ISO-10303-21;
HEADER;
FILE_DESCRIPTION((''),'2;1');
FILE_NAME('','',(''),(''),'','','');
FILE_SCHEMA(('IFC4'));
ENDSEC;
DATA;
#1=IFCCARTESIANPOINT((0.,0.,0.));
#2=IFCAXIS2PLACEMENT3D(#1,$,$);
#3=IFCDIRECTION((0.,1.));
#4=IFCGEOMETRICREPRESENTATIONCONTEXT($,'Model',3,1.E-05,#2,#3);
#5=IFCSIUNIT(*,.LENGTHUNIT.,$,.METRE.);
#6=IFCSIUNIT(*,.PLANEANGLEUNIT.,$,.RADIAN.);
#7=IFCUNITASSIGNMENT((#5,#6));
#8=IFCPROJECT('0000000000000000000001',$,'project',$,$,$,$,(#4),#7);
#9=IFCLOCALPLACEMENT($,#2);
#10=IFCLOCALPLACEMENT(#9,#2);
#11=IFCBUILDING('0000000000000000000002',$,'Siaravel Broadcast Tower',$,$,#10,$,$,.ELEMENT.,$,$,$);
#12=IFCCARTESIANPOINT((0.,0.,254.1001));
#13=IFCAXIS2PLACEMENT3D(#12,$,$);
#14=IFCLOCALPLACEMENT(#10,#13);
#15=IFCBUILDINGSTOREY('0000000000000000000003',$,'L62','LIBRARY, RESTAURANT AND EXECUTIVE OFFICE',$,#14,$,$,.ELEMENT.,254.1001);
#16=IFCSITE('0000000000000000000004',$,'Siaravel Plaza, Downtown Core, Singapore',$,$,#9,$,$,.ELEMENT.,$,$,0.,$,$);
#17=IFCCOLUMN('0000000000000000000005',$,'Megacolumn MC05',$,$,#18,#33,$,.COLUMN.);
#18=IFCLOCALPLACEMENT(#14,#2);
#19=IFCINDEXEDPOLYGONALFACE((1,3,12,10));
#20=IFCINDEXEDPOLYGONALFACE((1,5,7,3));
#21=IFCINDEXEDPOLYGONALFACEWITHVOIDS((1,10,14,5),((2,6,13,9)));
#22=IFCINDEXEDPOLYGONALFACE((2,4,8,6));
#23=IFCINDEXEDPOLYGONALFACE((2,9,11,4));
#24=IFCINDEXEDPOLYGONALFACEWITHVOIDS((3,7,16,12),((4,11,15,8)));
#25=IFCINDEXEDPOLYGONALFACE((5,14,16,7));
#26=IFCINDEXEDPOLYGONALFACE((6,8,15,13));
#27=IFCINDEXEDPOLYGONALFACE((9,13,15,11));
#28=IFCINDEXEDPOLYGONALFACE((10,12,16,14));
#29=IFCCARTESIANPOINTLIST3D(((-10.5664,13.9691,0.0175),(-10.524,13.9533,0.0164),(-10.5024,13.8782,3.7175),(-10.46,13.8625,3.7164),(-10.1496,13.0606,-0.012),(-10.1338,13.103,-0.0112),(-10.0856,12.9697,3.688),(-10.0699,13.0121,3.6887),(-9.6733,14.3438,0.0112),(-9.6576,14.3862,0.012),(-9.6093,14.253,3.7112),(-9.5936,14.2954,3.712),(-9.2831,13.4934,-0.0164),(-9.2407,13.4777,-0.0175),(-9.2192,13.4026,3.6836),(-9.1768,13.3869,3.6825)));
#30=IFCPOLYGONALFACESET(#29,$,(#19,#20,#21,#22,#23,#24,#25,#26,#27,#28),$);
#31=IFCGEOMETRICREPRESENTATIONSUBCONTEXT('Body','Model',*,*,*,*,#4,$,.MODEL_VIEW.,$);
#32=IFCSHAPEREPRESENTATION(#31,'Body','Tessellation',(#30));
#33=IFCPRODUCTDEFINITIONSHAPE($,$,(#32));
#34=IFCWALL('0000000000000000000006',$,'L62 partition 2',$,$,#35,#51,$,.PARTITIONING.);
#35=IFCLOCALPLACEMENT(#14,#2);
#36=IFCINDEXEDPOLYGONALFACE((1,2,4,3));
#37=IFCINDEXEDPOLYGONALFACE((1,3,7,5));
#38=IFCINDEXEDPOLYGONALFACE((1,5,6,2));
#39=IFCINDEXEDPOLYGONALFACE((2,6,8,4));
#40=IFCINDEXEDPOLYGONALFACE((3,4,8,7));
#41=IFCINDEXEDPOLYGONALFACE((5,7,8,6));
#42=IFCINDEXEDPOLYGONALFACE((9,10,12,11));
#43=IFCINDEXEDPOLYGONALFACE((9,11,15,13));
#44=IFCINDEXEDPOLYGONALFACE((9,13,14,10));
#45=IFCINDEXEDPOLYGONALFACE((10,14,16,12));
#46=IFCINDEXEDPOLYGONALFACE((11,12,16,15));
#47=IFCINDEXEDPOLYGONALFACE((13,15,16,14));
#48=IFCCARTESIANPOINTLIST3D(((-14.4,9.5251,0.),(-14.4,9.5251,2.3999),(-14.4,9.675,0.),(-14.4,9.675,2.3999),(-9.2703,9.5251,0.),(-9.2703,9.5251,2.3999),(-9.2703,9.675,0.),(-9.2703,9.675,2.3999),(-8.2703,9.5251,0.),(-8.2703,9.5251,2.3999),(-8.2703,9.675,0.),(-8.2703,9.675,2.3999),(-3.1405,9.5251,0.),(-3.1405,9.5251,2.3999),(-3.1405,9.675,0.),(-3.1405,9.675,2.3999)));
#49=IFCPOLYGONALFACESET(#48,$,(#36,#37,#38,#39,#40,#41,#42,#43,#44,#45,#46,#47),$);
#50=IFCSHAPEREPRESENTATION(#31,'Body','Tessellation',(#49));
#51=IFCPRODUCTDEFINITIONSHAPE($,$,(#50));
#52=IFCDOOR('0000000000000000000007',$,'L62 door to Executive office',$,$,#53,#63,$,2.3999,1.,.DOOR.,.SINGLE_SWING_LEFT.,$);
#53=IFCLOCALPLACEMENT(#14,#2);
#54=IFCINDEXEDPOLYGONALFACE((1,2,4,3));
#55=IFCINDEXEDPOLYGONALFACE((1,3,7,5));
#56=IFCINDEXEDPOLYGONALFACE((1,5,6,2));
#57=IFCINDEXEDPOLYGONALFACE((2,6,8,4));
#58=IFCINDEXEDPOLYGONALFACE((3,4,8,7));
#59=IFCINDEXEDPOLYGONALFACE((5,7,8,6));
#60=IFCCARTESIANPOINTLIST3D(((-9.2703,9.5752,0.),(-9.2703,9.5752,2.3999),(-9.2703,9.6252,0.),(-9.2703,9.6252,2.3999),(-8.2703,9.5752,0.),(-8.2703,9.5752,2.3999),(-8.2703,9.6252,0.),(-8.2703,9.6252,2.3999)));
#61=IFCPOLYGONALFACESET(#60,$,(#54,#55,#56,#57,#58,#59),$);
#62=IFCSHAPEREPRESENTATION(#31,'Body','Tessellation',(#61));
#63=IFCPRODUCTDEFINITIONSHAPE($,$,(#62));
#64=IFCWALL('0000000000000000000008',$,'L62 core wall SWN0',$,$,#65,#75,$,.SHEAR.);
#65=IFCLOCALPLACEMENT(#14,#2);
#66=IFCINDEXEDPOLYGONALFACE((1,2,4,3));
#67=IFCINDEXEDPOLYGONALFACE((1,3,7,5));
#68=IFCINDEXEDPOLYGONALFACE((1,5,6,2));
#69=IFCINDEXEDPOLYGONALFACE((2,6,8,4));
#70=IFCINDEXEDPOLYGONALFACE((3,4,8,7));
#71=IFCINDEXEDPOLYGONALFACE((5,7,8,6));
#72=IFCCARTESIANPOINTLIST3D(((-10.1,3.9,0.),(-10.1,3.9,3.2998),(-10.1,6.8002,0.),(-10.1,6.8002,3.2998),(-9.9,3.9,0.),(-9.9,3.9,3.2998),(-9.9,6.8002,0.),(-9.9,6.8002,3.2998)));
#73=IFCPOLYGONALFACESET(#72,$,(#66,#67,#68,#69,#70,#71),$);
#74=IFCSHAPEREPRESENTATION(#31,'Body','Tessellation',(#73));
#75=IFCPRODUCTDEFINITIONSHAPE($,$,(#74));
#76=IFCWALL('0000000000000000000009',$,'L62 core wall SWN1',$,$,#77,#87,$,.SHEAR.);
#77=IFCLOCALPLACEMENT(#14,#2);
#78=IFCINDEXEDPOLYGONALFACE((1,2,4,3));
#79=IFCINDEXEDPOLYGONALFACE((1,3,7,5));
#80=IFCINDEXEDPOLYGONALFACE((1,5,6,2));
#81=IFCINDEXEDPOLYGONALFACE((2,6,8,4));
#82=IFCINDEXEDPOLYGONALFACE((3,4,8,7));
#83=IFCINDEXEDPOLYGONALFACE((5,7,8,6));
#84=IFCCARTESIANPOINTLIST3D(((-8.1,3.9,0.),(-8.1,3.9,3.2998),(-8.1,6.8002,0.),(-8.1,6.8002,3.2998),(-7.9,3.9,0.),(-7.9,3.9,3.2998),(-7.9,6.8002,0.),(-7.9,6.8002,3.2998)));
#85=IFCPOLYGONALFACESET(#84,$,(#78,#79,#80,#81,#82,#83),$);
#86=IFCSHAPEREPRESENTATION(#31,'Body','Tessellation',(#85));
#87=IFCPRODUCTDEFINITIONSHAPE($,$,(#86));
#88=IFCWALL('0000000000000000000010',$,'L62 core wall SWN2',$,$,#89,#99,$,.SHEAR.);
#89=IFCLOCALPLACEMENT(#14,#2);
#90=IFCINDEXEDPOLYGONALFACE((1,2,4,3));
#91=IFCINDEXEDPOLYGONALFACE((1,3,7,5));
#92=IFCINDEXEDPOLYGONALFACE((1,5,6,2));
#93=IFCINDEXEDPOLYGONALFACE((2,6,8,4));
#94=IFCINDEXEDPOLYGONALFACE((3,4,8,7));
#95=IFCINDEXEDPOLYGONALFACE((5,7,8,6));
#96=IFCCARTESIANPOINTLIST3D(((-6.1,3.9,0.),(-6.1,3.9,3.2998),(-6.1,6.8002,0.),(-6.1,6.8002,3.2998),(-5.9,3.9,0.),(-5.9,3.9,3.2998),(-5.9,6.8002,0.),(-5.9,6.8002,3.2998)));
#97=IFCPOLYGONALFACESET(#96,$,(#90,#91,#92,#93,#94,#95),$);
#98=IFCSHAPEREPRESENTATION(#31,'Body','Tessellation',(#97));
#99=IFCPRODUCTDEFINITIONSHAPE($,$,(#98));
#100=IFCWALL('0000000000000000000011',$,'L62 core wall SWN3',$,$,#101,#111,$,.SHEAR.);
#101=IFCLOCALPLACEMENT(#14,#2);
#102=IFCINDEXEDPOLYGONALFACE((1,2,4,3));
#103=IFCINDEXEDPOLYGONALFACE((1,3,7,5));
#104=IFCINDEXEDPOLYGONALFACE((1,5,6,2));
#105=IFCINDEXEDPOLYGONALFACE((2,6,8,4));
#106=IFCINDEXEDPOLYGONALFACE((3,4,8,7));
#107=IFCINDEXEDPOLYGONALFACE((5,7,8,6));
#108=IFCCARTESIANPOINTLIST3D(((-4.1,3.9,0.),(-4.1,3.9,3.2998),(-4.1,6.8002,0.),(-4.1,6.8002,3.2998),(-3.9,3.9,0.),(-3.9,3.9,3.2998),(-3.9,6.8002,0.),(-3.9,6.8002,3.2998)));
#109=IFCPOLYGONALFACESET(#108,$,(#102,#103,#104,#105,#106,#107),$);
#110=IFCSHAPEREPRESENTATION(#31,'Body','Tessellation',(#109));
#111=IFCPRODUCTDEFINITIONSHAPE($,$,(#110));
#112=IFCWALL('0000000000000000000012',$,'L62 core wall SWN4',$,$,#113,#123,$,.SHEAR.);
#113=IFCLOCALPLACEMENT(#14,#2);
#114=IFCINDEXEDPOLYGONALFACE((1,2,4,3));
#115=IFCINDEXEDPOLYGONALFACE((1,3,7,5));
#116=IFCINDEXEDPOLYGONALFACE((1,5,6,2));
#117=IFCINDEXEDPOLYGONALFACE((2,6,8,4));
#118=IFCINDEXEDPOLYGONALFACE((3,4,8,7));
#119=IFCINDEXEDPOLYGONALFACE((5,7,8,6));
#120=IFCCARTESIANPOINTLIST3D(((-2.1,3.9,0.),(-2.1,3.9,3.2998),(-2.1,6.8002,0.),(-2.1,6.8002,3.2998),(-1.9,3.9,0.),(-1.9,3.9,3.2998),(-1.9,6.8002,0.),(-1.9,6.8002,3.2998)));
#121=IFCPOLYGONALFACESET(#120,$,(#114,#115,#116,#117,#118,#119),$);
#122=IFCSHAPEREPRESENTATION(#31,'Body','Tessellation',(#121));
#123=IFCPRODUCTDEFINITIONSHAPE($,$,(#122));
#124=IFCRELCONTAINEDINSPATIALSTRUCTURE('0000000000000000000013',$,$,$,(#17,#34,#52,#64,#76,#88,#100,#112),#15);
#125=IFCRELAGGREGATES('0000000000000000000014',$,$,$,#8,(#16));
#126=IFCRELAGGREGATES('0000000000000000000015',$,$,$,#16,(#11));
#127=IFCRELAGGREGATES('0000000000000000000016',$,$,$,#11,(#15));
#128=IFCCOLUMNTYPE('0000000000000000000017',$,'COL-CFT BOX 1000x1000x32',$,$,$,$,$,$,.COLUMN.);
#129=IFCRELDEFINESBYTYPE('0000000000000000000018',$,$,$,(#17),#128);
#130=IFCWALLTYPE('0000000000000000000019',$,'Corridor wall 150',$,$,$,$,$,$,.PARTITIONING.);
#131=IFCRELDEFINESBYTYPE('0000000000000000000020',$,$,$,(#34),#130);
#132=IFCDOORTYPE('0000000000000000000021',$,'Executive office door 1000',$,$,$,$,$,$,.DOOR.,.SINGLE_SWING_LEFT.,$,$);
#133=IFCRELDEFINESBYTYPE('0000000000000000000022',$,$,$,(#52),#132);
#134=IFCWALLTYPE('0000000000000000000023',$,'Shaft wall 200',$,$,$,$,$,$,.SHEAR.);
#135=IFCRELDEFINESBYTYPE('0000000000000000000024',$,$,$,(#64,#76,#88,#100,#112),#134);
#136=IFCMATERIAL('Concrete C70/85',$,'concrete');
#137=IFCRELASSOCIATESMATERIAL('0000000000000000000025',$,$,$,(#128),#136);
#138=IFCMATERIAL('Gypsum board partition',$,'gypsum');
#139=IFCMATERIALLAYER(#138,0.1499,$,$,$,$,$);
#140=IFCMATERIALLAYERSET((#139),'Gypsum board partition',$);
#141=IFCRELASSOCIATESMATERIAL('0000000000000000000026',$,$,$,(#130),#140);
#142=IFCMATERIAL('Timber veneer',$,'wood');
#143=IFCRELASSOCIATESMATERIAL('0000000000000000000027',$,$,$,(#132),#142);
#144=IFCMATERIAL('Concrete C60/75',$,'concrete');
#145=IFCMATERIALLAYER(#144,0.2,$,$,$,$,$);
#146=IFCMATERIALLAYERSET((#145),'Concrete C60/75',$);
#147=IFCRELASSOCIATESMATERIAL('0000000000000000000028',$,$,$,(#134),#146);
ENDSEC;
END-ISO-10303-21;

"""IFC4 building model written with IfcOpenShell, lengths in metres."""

from ifc_helpers import new_model, si_unit, direction, frame, frame_2d, origin, origin_2d, place, context, subcontext, project, spatial, rectangle, hollow_rectangle, extrude, material, layer, layer_set, material_profile, profile_set, type_object, element, fill, save


model = new_model("IFC4")

# Units and contexts
model_context = context("Model", 3, precision=1e-05, world=origin(), true_north=direction((0.0, 1.0)))
body_context = subcontext(model_context, "Body", "Model", "MODEL_VIEW")
ifc_project = project(units=[si_unit("LENGTHUNIT", "METRE"), si_unit("PLANEANGLEUNIT", "RADIAN")], contexts=[model_context])

# Site, building, storey
site_placement = place(None, origin())
site = spatial("IfcSite", under=ifc_project, at=site_placement, Name="Siaravel Plaza, Downtown Core, Singapore", CompositionType="ELEMENT", RefElevation=0.0)
building_placement = place(site_placement, origin())
building = spatial("IfcBuilding", under=site, at=building_placement, Name="Siaravel Broadcast Tower", CompositionType="ELEMENT")
storey_placement = place(building_placement, frame((0.0, 0.0, 254.1001)))
storey = spatial("IfcBuildingStorey", under=building, at=storey_placement, Name="L62", Description="LIBRARY, RESTAURANT AND EXECUTIVE OFFICE", CompositionType="ELEMENT", Elevation=254.1001)

# Column
ifc_material_1 = material(Name="Concrete C70/85", Category="concrete")
ifc_material_profile = material_profile(ifc_material_1, hollow_rectangle(XDim=1.0, YDim=1.0, WallThickness=0.032, at=origin_2d()))
ifc_profile_set = profile_set([ifc_material_profile], Name="Concrete C70/85")
column_type = type_object("IfcColumnType", Name="COL-CFT BOX 1000x1000x32", PredefinedType="COLUMN", material=ifc_profile_set)
column_placement = place(storey_placement, frame((-9.9036, 13.7234, 0.0), z_axis=(0.01728, -0.024535, 0.99955), x_axis=(0.908817, 0.417158, -0.005472)))
element("IfcColumn", 1, at=column_placement, inside=storey, type_object=column_type, Name="Megacolumn MC05", PredefinedType="COLUMN", context=body_context, shape_type="SweptSolid", body=[
    extrude(hollow_rectangle(XDim=1.0, YDim=1.0, WallThickness=0.032, at=origin_2d()), origin(), (0.0, 0.0, 1.0), 3.7017),
])

# Shared definitions
ifc_material_2 = material(Name="Concrete C60/75", Category="concrete")
ifc_material_3 = material(Name="Timber veneer", Category="wood")

# Wall, opening, door
ifc_material_4 = material(Name="Gypsum board partition", Category="gypsum")
ifc_layer_1 = layer(ifc_material_4, 0.1499)
ifc_layer_set_1 = layer_set([ifc_layer_1], Name="Gypsum board partition")
wall_type_1 = type_object("IfcWallType", Name="Corridor wall 150", PredefinedType="PARTITIONING", material=ifc_layer_set_1)
wall_1_placement = place(storey_placement, frame((-3.1404, 9.6001, 0.0), z_axis=(0.0, 0.0, 1.0), x_axis=(-1.0, 0.0, 0.0)))
wall_1 = element("IfcWall", 2, at=wall_1_placement, inside=storey, type_object=wall_type_1, Name="L62 partition 2", PredefinedType="PARTITIONING", context=body_context, shape_type="SweptSolid", body=[
    extrude(rectangle(XDim=11.2595, YDim=0.1499, at=frame_2d((5.6299, 0.0))), origin(), (0.0, 0.0, 1.0), 2.3999),
])
opening_1_placement = place(wall_1_placement, frame((5.1299, 0.0, 0.0)))
opening_1 = element("IfcOpeningElement", 3, at=opening_1_placement, cuts=wall_1, PredefinedType="OPENING", context=body_context, shape_type="SweptSolid", body=[
    extrude(rectangle(XDim=1.0, YDim=2.3999, at=frame_2d((0.5, 1.2))), frame((0.0, 0.085, 0.0), z_axis=(0.0, -1.0, 0.0), x_axis=(1.0, 0.0, 0.0)), (0.0, 0.0, 1.0), 0.1699),
])
door_type_1 = type_object("IfcDoorType", Name="Executive office door 1000", OperationType="SINGLE_SWING_LEFT", PredefinedType="DOOR", material=ifc_material_3)
door_1_placement = place(opening_1_placement, origin())
door_1 = element("IfcDoor", 4, at=door_1_placement, inside=storey, type_object=door_type_1, Name="L62 door to Executive office", OperationType="SINGLE_SWING_LEFT", OverallHeight=2.3999, OverallWidth=1.0, PredefinedType="DOOR", context=body_context, shape_type="SweptSolid", body=[
    extrude(rectangle(XDim=1.0, YDim=2.3999, at=frame_2d((0.5, 1.2))), frame((0.0, 0.0249, 0.0), z_axis=(0.0, -1.0, 0.0), x_axis=(1.0, 0.0, 0.0)), (0.0, 0.0, 1.0), 0.05),
])
fill(opening_1, door_1)

# Walls
ifc_layer_2 = layer(ifc_material_2, 0.2)
ifc_layer_set_2 = layer_set([ifc_layer_2], Name="Concrete C60/75")
wall_type_2 = type_object("IfcWallType", Name="Shaft wall 200", PredefinedType="SHEAR", material=ifc_layer_set_2)
for number, where, z_axis, x_axis, name in (
    (5, (-10.0, 3.8999, 0.0), (0.0, 0.0, 1.0), (0.0, 1.0, 0.0), "L62 core wall SWN0"),
    (6, (-8.0, 3.8999, 0.0), (0.0, 0.0, 1.0), (0.0, 1.0, 0.0), "L62 core wall SWN1"),
    (7, (-6.0, 3.8999, 0.0), (0.0, 0.0, 1.0), (0.0, 1.0, 0.0), "L62 core wall SWN2"),
    (8, (-4.0, 3.8999, 0.0), (0.0, 0.0, 1.0), (0.0, 1.0, 0.0), "L62 core wall SWN3"),
    (9, (-2.0, 3.8999, 0.0), (0.0, 0.0, 1.0), (0.0, 1.0, 0.0), "L62 core wall SWN4"),
):
    element("IfcWall", number, at=place(storey_placement, frame(where, z_axis=z_axis, x_axis=x_axis)), inside=storey, type_object=wall_type_2, Name=name, PredefinedType="SHEAR", context=body_context, shape_type="SweptSolid", body=[
        extrude(rectangle(XDim=2.9001, YDim=0.2, at=frame_2d((1.4502, 0.0))), origin(), (0.0, 0.0, 1.0), 3.2998),
    ])

save(model, "model.ifc")
